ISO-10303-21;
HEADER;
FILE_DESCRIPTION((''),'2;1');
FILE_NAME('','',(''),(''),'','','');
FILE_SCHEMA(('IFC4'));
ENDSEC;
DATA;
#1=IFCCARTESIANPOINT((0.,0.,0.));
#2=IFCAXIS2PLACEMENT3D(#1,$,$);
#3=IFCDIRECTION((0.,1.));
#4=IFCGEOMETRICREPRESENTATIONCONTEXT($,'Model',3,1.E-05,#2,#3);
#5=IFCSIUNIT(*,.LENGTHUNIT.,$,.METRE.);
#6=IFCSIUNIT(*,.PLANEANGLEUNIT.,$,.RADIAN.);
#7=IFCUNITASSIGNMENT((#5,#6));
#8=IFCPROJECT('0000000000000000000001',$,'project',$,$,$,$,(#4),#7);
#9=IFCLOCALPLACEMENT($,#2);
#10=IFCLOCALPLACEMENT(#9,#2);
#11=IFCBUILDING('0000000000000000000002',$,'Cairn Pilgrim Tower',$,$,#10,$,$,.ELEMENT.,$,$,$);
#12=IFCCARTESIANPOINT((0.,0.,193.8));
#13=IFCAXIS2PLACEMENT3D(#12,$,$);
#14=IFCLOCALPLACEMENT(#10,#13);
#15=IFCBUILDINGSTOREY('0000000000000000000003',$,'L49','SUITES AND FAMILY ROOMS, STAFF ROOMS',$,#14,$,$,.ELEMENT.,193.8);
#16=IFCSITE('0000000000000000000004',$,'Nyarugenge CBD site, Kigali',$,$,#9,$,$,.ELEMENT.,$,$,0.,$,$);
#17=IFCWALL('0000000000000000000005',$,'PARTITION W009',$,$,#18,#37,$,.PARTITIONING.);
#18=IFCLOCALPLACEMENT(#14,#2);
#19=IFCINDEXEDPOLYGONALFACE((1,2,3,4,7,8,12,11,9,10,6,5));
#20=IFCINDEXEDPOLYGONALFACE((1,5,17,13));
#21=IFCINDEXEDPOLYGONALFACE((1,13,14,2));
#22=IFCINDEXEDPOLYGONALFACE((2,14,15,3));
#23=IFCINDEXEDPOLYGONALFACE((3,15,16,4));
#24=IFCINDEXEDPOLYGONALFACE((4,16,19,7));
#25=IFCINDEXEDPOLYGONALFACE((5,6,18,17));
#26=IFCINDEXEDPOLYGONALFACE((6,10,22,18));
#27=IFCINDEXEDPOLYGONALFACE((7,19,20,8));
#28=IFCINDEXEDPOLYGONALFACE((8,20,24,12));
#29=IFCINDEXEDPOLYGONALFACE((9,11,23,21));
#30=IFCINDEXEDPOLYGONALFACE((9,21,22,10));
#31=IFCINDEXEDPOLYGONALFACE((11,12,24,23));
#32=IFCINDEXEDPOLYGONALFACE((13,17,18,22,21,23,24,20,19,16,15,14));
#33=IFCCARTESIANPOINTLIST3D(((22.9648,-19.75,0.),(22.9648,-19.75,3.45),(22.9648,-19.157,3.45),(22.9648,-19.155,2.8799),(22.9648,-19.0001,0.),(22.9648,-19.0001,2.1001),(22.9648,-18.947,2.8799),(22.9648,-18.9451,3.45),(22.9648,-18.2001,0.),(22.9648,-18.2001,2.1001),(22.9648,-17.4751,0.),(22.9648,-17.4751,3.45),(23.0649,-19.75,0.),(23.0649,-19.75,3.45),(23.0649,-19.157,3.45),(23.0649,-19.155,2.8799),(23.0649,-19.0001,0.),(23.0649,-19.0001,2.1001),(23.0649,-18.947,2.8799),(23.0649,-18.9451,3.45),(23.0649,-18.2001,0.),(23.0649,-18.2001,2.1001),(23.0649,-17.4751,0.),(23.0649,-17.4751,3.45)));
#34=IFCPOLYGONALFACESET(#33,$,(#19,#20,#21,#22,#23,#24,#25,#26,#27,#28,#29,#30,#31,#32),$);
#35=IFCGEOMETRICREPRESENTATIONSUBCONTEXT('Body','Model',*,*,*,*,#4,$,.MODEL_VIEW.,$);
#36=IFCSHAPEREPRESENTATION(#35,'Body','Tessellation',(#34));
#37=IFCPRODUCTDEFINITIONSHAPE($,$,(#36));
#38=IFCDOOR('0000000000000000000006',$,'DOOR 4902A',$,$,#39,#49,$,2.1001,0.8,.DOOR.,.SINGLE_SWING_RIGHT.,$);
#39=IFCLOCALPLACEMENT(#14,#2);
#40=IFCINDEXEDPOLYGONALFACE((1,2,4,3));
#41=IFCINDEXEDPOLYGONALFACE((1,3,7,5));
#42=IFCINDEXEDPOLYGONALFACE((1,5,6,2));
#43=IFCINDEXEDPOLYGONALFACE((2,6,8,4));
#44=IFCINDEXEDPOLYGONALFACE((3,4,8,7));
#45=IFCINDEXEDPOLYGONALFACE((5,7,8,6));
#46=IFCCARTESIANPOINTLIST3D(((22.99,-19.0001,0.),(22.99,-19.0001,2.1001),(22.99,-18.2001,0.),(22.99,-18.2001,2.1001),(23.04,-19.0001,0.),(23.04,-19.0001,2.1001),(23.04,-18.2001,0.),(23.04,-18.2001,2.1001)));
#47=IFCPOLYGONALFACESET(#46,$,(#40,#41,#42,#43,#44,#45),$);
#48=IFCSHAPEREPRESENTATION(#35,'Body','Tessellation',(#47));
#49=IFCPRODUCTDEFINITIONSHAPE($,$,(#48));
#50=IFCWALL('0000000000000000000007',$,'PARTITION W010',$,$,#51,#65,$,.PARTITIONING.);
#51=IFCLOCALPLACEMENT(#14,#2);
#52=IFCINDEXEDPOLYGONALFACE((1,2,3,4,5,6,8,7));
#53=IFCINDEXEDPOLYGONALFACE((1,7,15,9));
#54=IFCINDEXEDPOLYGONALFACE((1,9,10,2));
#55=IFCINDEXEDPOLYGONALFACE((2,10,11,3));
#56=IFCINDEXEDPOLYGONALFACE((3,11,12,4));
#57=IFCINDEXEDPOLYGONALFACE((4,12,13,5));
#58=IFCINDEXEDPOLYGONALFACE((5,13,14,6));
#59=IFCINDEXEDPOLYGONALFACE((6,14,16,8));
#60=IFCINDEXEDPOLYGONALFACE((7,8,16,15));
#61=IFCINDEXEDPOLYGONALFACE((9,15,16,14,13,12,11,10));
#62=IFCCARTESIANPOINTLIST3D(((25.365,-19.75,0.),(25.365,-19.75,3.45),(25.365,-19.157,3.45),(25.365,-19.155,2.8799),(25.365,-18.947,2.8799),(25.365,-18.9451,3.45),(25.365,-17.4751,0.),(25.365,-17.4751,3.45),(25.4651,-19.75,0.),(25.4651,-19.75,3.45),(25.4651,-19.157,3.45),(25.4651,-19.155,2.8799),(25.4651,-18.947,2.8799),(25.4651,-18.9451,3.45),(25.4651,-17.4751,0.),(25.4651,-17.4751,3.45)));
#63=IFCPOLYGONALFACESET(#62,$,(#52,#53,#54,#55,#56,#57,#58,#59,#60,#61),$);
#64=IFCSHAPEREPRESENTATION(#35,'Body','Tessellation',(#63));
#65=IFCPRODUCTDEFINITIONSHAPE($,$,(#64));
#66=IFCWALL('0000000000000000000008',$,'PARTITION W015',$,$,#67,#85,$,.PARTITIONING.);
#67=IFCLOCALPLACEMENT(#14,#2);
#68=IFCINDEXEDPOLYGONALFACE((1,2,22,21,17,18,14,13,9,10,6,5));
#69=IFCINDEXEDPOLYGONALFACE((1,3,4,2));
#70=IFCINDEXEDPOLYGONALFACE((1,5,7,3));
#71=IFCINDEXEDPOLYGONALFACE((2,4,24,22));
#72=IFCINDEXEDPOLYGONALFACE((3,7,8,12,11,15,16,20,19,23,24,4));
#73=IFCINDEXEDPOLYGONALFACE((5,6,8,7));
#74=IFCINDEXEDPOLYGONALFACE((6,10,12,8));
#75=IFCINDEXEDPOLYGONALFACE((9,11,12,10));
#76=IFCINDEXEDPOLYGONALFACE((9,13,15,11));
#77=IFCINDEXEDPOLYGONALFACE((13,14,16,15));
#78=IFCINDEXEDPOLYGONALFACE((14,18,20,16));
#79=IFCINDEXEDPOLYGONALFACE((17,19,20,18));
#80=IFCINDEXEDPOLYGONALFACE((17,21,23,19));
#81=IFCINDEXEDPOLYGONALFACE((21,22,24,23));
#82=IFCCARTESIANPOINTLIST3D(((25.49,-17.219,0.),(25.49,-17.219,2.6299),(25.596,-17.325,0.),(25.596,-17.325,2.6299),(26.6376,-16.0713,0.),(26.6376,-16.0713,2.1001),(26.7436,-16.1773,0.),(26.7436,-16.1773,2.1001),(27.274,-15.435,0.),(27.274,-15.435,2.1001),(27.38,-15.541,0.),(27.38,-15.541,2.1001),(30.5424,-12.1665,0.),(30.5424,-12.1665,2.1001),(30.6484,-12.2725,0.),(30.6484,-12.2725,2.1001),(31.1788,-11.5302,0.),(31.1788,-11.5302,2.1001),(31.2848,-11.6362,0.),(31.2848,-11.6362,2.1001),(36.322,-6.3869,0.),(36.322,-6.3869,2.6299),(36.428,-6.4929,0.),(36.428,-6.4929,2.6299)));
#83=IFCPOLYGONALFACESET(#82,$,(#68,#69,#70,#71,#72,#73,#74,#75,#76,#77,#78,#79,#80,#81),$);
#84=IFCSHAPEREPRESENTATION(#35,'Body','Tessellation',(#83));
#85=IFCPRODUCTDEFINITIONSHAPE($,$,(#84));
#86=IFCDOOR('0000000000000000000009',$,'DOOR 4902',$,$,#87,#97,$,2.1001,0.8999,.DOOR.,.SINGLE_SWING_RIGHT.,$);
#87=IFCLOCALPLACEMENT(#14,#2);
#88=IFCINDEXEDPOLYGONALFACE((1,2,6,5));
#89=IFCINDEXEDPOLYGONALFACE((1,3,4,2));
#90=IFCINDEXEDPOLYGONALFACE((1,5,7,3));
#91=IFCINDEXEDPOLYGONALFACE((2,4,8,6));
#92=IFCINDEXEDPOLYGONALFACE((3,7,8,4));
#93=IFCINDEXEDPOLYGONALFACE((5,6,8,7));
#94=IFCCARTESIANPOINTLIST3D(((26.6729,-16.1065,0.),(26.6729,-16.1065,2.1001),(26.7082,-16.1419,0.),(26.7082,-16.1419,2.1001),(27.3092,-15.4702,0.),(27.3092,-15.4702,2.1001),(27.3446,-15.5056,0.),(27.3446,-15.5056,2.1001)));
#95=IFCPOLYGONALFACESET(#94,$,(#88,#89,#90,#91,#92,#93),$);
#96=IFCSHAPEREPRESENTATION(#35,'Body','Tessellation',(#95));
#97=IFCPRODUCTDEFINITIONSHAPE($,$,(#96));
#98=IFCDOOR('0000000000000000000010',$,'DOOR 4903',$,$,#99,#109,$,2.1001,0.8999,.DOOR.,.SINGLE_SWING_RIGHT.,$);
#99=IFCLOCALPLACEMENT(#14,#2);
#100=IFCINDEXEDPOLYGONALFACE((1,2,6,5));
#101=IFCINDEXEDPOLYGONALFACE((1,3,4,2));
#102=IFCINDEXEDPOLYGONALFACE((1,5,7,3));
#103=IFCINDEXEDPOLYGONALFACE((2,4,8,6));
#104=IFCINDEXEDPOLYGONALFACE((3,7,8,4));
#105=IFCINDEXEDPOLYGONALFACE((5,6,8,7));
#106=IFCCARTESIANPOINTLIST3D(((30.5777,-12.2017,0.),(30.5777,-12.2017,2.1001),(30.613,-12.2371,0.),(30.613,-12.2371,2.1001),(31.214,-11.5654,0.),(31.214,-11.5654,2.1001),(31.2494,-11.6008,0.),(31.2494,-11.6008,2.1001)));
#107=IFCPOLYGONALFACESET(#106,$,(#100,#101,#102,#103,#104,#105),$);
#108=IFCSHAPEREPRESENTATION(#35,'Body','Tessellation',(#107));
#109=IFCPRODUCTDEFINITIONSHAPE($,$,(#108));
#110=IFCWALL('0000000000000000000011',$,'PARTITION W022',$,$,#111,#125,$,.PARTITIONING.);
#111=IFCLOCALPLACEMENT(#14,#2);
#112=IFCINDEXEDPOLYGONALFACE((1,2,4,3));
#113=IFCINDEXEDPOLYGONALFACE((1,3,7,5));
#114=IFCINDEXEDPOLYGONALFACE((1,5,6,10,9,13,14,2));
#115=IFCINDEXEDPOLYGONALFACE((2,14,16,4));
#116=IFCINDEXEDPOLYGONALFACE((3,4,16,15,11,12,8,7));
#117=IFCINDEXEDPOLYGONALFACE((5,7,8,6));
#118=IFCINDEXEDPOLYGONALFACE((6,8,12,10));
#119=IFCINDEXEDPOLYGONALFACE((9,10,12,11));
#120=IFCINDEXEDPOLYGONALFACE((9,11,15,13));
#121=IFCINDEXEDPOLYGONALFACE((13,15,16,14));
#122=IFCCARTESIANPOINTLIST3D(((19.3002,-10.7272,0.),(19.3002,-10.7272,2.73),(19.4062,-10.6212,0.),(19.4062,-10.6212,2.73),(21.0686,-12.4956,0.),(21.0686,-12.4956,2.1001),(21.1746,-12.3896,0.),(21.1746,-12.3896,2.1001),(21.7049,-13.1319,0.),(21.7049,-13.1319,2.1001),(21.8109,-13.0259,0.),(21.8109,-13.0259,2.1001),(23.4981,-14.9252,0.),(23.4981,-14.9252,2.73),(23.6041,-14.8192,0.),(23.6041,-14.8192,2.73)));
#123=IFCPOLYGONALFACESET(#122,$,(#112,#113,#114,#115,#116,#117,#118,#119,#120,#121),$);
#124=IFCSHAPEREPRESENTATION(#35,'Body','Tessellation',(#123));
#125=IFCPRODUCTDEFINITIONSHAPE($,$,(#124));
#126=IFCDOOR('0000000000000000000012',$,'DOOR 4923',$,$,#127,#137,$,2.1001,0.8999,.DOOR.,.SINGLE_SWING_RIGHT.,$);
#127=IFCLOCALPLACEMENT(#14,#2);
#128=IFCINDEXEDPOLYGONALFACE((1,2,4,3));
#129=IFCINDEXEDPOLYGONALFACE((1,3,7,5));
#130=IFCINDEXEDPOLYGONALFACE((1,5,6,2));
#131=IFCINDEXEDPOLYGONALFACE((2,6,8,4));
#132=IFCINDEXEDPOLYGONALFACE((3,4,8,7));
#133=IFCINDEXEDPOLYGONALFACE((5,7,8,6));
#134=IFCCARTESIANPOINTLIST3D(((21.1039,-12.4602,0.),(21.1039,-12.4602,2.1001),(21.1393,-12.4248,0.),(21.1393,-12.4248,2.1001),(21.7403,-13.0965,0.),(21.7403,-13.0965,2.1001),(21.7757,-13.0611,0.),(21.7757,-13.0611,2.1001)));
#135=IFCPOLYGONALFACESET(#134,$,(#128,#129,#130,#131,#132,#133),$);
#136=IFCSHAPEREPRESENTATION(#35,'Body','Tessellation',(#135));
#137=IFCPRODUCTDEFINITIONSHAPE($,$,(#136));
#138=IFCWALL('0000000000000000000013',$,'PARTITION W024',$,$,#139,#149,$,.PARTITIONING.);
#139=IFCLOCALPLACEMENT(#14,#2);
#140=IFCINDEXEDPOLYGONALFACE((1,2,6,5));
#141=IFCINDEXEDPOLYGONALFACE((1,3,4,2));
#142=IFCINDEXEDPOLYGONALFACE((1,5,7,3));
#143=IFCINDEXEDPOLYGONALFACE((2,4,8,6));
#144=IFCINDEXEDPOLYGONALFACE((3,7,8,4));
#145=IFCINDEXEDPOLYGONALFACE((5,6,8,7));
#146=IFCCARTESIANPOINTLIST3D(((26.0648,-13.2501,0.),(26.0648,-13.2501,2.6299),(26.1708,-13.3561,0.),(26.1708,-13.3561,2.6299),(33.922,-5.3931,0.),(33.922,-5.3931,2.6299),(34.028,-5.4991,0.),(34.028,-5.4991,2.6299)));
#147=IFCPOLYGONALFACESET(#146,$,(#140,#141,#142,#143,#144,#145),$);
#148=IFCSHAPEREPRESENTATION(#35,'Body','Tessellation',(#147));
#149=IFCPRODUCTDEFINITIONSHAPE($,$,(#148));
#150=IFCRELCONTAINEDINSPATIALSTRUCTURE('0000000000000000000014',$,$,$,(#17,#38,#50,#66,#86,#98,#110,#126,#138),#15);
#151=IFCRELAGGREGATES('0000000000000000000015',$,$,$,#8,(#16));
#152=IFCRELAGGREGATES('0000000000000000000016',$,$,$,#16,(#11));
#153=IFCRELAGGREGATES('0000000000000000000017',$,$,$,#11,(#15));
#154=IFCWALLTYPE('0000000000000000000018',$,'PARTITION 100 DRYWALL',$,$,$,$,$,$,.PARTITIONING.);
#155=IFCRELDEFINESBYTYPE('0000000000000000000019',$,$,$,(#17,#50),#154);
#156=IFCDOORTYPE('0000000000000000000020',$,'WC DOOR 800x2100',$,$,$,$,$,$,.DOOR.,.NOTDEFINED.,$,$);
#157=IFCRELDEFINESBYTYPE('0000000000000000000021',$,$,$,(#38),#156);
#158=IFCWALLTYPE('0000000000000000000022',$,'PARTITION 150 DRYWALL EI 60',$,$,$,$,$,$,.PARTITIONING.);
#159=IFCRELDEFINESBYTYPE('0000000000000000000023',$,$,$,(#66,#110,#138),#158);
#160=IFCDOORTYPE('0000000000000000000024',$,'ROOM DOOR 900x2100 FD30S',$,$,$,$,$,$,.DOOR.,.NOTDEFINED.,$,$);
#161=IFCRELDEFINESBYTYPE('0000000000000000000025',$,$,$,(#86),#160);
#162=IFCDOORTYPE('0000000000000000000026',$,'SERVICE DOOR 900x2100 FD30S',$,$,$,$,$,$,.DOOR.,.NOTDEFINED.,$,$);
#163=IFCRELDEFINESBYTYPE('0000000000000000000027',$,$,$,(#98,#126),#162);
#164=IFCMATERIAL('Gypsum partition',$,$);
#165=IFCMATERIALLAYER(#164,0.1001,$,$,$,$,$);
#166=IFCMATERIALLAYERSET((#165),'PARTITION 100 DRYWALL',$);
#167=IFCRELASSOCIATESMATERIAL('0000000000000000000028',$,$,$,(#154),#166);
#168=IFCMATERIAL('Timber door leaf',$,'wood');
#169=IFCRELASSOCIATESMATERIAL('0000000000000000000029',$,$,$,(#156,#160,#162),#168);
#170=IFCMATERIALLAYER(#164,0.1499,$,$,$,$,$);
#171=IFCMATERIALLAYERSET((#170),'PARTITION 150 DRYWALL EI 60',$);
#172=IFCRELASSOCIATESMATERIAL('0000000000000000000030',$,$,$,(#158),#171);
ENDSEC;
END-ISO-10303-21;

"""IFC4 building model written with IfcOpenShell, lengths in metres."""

from ifc_helpers import new_model, si_unit, direction, frame, frame_2d, origin, place, context, subcontext, project, spatial, polyline, rectangle, outline, extrude, material, layer, layer_set, type_object, element, fill, save


model = new_model("IFC4")

# Units and contexts
model_context = context("Model", 3, precision=1e-05, world=origin(), true_north=direction((0.0, 1.0)))
body_context = subcontext(model_context, "Body", "Model", "MODEL_VIEW")
ifc_project = project(units=[si_unit("LENGTHUNIT", "METRE"), si_unit("PLANEANGLEUNIT", "RADIAN")], contexts=[model_context])

# Site, building, storey
site_placement = place(None, origin())
site = spatial("IfcSite", under=ifc_project, at=site_placement, Name="Nyarugenge CBD site, Kigali", CompositionType="ELEMENT", RefElevation=0.0)
building_placement = place(site_placement, origin())
building = spatial("IfcBuilding", under=site, at=building_placement, Name="Cairn Pilgrim Tower", CompositionType="ELEMENT")
storey_placement = place(building_placement, frame((0.0, 0.0, 193.8)))
storey = spatial("IfcBuildingStorey", under=building, at=storey_placement, Name="L49", Description="SUITES AND FAMILY ROOMS, STAFF ROOMS", CompositionType="ELEMENT", Elevation=193.8)

# Shared definitions
ifc_material_1 = material(Name="Gypsum partition")
ifc_layer_1 = layer(ifc_material_1, 0.1001)
ifc_layer_set_1 = layer_set([ifc_layer_1], Name="PARTITION 100 DRYWALL")
wall_type_1 = type_object("IfcWallType", Name="PARTITION 100 DRYWALL", PredefinedType="PARTITIONING", material=ifc_layer_set_1)

# Wall, opening, door
wall_1_placement = place(storey_placement, frame((23.0149, -19.75, 0.0), z_axis=(0.0, 0.0, 1.0), x_axis=(0.0, 1.0, 0.0)))
wall_1 = element("IfcWall", 1, at=wall_1_placement, inside=storey, type_object=wall_type_1, Name="PARTITION W009", PredefinedType="PARTITIONING", context=body_context, shape_type="SweptSolid", body=[
    extrude(outline(polyline([(0.0, 0.0), (2.2749, 0.0), (2.2749, 3.45), (0.8049, 3.45), (0.803, 2.8799), (0.595, 2.8799), (0.593, 3.45), (0.0, 3.45), (0.0, 0.0)])), frame((0.0, 0.05, 0.0), z_axis=(0.0, -1.0, 0.0), x_axis=(1.0, 0.0, 0.0)), (0.0, 0.0, 1.0), 0.1001),
])
opening_1_placement = place(wall_1_placement, frame((0.75, 0.0, 0.0)))
opening_1 = element("IfcOpeningElement", 2, at=opening_1_placement, cuts=wall_1, PredefinedType="OPENING", context=body_context, shape_type="SweptSolid", body=[
    extrude(rectangle(XDim=0.8, YDim=2.1001, at=frame_2d((0.3999, 1.05))), frame((0.0, 0.0601, 0.0), z_axis=(0.0, -1.0, 0.0), x_axis=(1.0, 0.0, 0.0)), (0.0, 0.0, 1.0), 0.1201),
])
ifc_material_2 = material(Name="Timber door leaf", Category="wood")
door_type_1 = type_object("IfcDoorType", Name="WC DOOR 800x2100", OperationType="NOTDEFINED", PredefinedType="DOOR", material=ifc_material_2)
door_1_placement = place(opening_1_placement, origin())
door_1 = element("IfcDoor", 3, at=door_1_placement, inside=storey, type_object=door_type_1, Name="DOOR 4902A", OperationType="SINGLE_SWING_RIGHT", OverallHeight=2.1001, OverallWidth=0.8, PredefinedType="DOOR", context=body_context, shape_type="SweptSolid", body=[
    extrude(rectangle(XDim=0.8, YDim=2.1001, at=frame_2d((0.3999, 1.05))), frame((0.0, 0.0249, 0.0), z_axis=(0.0, -1.0, 0.0), x_axis=(1.0, 0.0, 0.0)), (0.0, 0.0, 1.0), 0.05),
])
fill(opening_1, door_1)

# Wall
wall_2_placement = place(storey_placement, frame((25.415, -19.75, 0.0), z_axis=(0.0, 0.0, 1.0), x_axis=(0.0, 1.0, 0.0)))
element("IfcWall", 4, at=wall_2_placement, inside=storey, type_object=wall_type_1, Name="PARTITION W010", PredefinedType="PARTITIONING", context=body_context, shape_type="SweptSolid", body=[
    extrude(outline(polyline([(0.0, 0.0), (2.2749, 0.0), (2.2749, 3.45), (0.8049, 3.45), (0.803, 2.8799), (0.595, 2.8799), (0.593, 3.45), (0.0, 3.45), (0.0, 0.0)])), frame((0.0, 0.05, 0.0), z_axis=(0.0, -1.0, 0.0), x_axis=(1.0, 0.0, 0.0)), (0.0, 0.0, 1.0), 0.1001),
])

# Wall, openings, doors
ifc_layer_2 = layer(ifc_material_1, 0.1499)
ifc_layer_set_2 = layer_set([ifc_layer_2], Name="PARTITION 150 DRYWALL EI 60")
wall_type_2 = type_object("IfcWallType", Name="PARTITION 150 DRYWALL EI 60", PredefinedType="PARTITIONING", material=ifc_layer_set_2)
wall_3_placement = place(storey_placement, frame((25.543, -17.272, 0.0), z_axis=(0.0, 0.0, 1.0), x_axis=(0.707107, 0.707107, 0.0)))
wall_3 = element("IfcWall", 5, at=wall_3_placement, inside=storey, type_object=wall_type_2, Name="PARTITION W015", PredefinedType="PARTITIONING", context=body_context, shape_type="SweptSolid", body=[
    extrude(rectangle(XDim=15.3188, YDim=0.1499, at=frame_2d((7.6594, 0.0))), origin(), (0.0, 0.0, 1.0), 2.6299),
])
opening_2_placement = place(wall_3_placement, frame((1.623, 0.0, 0.0)))
opening_2 = element("IfcOpeningElement", 6, at=opening_2_placement, cuts=wall_3, PredefinedType="OPENING", context=body_context, shape_type="SweptSolid", body=[
    extrude(rectangle(XDim=0.8999, YDim=2.1001, at=frame_2d((0.45, 1.05))), frame((0.0, 0.085, 0.0), z_axis=(0.0, -1.0, 0.0), x_axis=(1.0, 0.0, 0.0)), (0.0, 0.0, 1.0), 0.1699),
])
opening_3_placement = place(wall_3_placement, frame((7.1453, 0.0, 0.0)))
opening_3 = element("IfcOpeningElement", 7, at=opening_3_placement, cuts=wall_3, PredefinedType="OPENING", context=body_context, shape_type="SweptSolid", body=[
    extrude(rectangle(XDim=0.8999, YDim=2.1001, at=frame_2d((0.45, 1.05))), frame((0.0, 0.085, 0.0), z_axis=(0.0, -1.0, 0.0), x_axis=(1.0, 0.0, 0.0)), (0.0, 0.0, 1.0), 0.1699),
])
door_type_2 = type_object("IfcDoorType", Name="ROOM DOOR 900x2100 FD30S", OperationType="NOTDEFINED", PredefinedType="DOOR", material=ifc_material_2)
door_2_placement = place(opening_2_placement, frame((0.8999, 0.0, 0.0), z_axis=(0.0, 0.0, 1.0), x_axis=(-1.0, 0.0, 0.0)))
door_2 = element("IfcDoor", 8, at=door_2_placement, inside=storey, type_object=door_type_2, Name="DOOR 4902", OperationType="SINGLE_SWING_RIGHT", OverallHeight=2.1001, OverallWidth=0.8999, PredefinedType="DOOR", context=body_context, shape_type="SweptSolid", body=[
    extrude(rectangle(XDim=0.8999, YDim=2.1001, at=frame_2d((0.45, 1.05))), frame((0.0, 0.0249, 0.0), z_axis=(0.0, -1.0, 0.0), x_axis=(1.0, 0.0, 0.0)), (0.0, 0.0, 1.0), 0.05),
])
fill(opening_2, door_2)
door_type_3 = type_object("IfcDoorType", Name="SERVICE DOOR 900x2100 FD30S", OperationType="NOTDEFINED", PredefinedType="DOOR", material=ifc_material_2)
door_3_placement = place(opening_3_placement, frame((0.8999, 0.0, 0.0), z_axis=(0.0, 0.0, 1.0), x_axis=(-1.0, 0.0, 0.0)))
door_3 = element("IfcDoor", 9, at=door_3_placement, inside=storey, type_object=door_type_3, Name="DOOR 4903", OperationType="SINGLE_SWING_RIGHT", OverallHeight=2.1001, OverallWidth=0.8999, PredefinedType="DOOR", context=body_context, shape_type="SweptSolid", body=[
    extrude(rectangle(XDim=0.8999, YDim=2.1001, at=frame_2d((0.45, 1.05))), frame((0.0, 0.0249, 0.0), z_axis=(0.0, -1.0, 0.0), x_axis=(1.0, 0.0, 0.0)), (0.0, 0.0, 1.0), 0.05),
])
fill(opening_3, door_3)

# Wall, opening, door
wall_4_placement = place(storey_placement, frame((23.551, -14.8721, 0.0), z_axis=(0.0, 0.0, 1.0), x_axis=(-0.707107, 0.707107, 0.0)))
wall_4 = element("IfcWall", 10, at=wall_4_placement, inside=storey, type_object=wall_type_2, Name="PARTITION W022", PredefinedType="PARTITIONING", context=body_context, shape_type="SweptSolid", body=[
    extrude(rectangle(XDim=5.9368, YDim=0.1499, at=frame_2d((2.9683, 0.0))), origin(), (0.0, 0.0, 1.0), 2.73),
])
opening_4_placement = place(wall_4_placement, frame((2.5359, 0.0, 0.0)))
opening_4 = element("IfcOpeningElement", 11, at=opening_4_placement, cuts=wall_4, PredefinedType="OPENING", context=body_context, shape_type="SweptSolid", body=[
    extrude(rectangle(XDim=0.8999, YDim=2.1001, at=frame_2d((0.45, 1.05))), frame((0.0, 0.085, 0.0), z_axis=(0.0, -1.0, 0.0), x_axis=(1.0, 0.0, 0.0)), (0.0, 0.0, 1.0), 0.1699),
])
door_4_placement = place(opening_4_placement, origin())
door_4 = element("IfcDoor", 12, at=door_4_placement, inside=storey, type_object=door_type_3, Name="DOOR 4923", OperationType="SINGLE_SWING_RIGHT", OverallHeight=2.1001, OverallWidth=0.8999, PredefinedType="DOOR", context=body_context, shape_type="SweptSolid", body=[
    extrude(rectangle(XDim=0.8999, YDim=2.1001, at=frame_2d((0.45, 1.05))), frame((0.0, 0.0249, 0.0), z_axis=(0.0, -1.0, 0.0), x_axis=(1.0, 0.0, 0.0)), (0.0, 0.0, 1.0), 0.05),
])
fill(opening_4, door_4)

# Wall
wall_5_placement = place(storey_placement, frame((26.1179, -13.303, 0.0), z_axis=(0.0, 0.0, 1.0), x_axis=(0.707118, 0.707096, 0.0)))
element("IfcWall", 13, at=wall_5_placement, inside=storey, type_object=wall_type_2, Name="PARTITION W024", PredefinedType="PARTITIONING", context=body_context, shape_type="SweptSolid", body=[
    extrude(rectangle(XDim=11.1116, YDim=0.1499, at=frame_2d((5.5557, 0.0))), origin(), (0.0, 0.0, 1.0), 2.6299),
])

save(model, "model.ifc")
